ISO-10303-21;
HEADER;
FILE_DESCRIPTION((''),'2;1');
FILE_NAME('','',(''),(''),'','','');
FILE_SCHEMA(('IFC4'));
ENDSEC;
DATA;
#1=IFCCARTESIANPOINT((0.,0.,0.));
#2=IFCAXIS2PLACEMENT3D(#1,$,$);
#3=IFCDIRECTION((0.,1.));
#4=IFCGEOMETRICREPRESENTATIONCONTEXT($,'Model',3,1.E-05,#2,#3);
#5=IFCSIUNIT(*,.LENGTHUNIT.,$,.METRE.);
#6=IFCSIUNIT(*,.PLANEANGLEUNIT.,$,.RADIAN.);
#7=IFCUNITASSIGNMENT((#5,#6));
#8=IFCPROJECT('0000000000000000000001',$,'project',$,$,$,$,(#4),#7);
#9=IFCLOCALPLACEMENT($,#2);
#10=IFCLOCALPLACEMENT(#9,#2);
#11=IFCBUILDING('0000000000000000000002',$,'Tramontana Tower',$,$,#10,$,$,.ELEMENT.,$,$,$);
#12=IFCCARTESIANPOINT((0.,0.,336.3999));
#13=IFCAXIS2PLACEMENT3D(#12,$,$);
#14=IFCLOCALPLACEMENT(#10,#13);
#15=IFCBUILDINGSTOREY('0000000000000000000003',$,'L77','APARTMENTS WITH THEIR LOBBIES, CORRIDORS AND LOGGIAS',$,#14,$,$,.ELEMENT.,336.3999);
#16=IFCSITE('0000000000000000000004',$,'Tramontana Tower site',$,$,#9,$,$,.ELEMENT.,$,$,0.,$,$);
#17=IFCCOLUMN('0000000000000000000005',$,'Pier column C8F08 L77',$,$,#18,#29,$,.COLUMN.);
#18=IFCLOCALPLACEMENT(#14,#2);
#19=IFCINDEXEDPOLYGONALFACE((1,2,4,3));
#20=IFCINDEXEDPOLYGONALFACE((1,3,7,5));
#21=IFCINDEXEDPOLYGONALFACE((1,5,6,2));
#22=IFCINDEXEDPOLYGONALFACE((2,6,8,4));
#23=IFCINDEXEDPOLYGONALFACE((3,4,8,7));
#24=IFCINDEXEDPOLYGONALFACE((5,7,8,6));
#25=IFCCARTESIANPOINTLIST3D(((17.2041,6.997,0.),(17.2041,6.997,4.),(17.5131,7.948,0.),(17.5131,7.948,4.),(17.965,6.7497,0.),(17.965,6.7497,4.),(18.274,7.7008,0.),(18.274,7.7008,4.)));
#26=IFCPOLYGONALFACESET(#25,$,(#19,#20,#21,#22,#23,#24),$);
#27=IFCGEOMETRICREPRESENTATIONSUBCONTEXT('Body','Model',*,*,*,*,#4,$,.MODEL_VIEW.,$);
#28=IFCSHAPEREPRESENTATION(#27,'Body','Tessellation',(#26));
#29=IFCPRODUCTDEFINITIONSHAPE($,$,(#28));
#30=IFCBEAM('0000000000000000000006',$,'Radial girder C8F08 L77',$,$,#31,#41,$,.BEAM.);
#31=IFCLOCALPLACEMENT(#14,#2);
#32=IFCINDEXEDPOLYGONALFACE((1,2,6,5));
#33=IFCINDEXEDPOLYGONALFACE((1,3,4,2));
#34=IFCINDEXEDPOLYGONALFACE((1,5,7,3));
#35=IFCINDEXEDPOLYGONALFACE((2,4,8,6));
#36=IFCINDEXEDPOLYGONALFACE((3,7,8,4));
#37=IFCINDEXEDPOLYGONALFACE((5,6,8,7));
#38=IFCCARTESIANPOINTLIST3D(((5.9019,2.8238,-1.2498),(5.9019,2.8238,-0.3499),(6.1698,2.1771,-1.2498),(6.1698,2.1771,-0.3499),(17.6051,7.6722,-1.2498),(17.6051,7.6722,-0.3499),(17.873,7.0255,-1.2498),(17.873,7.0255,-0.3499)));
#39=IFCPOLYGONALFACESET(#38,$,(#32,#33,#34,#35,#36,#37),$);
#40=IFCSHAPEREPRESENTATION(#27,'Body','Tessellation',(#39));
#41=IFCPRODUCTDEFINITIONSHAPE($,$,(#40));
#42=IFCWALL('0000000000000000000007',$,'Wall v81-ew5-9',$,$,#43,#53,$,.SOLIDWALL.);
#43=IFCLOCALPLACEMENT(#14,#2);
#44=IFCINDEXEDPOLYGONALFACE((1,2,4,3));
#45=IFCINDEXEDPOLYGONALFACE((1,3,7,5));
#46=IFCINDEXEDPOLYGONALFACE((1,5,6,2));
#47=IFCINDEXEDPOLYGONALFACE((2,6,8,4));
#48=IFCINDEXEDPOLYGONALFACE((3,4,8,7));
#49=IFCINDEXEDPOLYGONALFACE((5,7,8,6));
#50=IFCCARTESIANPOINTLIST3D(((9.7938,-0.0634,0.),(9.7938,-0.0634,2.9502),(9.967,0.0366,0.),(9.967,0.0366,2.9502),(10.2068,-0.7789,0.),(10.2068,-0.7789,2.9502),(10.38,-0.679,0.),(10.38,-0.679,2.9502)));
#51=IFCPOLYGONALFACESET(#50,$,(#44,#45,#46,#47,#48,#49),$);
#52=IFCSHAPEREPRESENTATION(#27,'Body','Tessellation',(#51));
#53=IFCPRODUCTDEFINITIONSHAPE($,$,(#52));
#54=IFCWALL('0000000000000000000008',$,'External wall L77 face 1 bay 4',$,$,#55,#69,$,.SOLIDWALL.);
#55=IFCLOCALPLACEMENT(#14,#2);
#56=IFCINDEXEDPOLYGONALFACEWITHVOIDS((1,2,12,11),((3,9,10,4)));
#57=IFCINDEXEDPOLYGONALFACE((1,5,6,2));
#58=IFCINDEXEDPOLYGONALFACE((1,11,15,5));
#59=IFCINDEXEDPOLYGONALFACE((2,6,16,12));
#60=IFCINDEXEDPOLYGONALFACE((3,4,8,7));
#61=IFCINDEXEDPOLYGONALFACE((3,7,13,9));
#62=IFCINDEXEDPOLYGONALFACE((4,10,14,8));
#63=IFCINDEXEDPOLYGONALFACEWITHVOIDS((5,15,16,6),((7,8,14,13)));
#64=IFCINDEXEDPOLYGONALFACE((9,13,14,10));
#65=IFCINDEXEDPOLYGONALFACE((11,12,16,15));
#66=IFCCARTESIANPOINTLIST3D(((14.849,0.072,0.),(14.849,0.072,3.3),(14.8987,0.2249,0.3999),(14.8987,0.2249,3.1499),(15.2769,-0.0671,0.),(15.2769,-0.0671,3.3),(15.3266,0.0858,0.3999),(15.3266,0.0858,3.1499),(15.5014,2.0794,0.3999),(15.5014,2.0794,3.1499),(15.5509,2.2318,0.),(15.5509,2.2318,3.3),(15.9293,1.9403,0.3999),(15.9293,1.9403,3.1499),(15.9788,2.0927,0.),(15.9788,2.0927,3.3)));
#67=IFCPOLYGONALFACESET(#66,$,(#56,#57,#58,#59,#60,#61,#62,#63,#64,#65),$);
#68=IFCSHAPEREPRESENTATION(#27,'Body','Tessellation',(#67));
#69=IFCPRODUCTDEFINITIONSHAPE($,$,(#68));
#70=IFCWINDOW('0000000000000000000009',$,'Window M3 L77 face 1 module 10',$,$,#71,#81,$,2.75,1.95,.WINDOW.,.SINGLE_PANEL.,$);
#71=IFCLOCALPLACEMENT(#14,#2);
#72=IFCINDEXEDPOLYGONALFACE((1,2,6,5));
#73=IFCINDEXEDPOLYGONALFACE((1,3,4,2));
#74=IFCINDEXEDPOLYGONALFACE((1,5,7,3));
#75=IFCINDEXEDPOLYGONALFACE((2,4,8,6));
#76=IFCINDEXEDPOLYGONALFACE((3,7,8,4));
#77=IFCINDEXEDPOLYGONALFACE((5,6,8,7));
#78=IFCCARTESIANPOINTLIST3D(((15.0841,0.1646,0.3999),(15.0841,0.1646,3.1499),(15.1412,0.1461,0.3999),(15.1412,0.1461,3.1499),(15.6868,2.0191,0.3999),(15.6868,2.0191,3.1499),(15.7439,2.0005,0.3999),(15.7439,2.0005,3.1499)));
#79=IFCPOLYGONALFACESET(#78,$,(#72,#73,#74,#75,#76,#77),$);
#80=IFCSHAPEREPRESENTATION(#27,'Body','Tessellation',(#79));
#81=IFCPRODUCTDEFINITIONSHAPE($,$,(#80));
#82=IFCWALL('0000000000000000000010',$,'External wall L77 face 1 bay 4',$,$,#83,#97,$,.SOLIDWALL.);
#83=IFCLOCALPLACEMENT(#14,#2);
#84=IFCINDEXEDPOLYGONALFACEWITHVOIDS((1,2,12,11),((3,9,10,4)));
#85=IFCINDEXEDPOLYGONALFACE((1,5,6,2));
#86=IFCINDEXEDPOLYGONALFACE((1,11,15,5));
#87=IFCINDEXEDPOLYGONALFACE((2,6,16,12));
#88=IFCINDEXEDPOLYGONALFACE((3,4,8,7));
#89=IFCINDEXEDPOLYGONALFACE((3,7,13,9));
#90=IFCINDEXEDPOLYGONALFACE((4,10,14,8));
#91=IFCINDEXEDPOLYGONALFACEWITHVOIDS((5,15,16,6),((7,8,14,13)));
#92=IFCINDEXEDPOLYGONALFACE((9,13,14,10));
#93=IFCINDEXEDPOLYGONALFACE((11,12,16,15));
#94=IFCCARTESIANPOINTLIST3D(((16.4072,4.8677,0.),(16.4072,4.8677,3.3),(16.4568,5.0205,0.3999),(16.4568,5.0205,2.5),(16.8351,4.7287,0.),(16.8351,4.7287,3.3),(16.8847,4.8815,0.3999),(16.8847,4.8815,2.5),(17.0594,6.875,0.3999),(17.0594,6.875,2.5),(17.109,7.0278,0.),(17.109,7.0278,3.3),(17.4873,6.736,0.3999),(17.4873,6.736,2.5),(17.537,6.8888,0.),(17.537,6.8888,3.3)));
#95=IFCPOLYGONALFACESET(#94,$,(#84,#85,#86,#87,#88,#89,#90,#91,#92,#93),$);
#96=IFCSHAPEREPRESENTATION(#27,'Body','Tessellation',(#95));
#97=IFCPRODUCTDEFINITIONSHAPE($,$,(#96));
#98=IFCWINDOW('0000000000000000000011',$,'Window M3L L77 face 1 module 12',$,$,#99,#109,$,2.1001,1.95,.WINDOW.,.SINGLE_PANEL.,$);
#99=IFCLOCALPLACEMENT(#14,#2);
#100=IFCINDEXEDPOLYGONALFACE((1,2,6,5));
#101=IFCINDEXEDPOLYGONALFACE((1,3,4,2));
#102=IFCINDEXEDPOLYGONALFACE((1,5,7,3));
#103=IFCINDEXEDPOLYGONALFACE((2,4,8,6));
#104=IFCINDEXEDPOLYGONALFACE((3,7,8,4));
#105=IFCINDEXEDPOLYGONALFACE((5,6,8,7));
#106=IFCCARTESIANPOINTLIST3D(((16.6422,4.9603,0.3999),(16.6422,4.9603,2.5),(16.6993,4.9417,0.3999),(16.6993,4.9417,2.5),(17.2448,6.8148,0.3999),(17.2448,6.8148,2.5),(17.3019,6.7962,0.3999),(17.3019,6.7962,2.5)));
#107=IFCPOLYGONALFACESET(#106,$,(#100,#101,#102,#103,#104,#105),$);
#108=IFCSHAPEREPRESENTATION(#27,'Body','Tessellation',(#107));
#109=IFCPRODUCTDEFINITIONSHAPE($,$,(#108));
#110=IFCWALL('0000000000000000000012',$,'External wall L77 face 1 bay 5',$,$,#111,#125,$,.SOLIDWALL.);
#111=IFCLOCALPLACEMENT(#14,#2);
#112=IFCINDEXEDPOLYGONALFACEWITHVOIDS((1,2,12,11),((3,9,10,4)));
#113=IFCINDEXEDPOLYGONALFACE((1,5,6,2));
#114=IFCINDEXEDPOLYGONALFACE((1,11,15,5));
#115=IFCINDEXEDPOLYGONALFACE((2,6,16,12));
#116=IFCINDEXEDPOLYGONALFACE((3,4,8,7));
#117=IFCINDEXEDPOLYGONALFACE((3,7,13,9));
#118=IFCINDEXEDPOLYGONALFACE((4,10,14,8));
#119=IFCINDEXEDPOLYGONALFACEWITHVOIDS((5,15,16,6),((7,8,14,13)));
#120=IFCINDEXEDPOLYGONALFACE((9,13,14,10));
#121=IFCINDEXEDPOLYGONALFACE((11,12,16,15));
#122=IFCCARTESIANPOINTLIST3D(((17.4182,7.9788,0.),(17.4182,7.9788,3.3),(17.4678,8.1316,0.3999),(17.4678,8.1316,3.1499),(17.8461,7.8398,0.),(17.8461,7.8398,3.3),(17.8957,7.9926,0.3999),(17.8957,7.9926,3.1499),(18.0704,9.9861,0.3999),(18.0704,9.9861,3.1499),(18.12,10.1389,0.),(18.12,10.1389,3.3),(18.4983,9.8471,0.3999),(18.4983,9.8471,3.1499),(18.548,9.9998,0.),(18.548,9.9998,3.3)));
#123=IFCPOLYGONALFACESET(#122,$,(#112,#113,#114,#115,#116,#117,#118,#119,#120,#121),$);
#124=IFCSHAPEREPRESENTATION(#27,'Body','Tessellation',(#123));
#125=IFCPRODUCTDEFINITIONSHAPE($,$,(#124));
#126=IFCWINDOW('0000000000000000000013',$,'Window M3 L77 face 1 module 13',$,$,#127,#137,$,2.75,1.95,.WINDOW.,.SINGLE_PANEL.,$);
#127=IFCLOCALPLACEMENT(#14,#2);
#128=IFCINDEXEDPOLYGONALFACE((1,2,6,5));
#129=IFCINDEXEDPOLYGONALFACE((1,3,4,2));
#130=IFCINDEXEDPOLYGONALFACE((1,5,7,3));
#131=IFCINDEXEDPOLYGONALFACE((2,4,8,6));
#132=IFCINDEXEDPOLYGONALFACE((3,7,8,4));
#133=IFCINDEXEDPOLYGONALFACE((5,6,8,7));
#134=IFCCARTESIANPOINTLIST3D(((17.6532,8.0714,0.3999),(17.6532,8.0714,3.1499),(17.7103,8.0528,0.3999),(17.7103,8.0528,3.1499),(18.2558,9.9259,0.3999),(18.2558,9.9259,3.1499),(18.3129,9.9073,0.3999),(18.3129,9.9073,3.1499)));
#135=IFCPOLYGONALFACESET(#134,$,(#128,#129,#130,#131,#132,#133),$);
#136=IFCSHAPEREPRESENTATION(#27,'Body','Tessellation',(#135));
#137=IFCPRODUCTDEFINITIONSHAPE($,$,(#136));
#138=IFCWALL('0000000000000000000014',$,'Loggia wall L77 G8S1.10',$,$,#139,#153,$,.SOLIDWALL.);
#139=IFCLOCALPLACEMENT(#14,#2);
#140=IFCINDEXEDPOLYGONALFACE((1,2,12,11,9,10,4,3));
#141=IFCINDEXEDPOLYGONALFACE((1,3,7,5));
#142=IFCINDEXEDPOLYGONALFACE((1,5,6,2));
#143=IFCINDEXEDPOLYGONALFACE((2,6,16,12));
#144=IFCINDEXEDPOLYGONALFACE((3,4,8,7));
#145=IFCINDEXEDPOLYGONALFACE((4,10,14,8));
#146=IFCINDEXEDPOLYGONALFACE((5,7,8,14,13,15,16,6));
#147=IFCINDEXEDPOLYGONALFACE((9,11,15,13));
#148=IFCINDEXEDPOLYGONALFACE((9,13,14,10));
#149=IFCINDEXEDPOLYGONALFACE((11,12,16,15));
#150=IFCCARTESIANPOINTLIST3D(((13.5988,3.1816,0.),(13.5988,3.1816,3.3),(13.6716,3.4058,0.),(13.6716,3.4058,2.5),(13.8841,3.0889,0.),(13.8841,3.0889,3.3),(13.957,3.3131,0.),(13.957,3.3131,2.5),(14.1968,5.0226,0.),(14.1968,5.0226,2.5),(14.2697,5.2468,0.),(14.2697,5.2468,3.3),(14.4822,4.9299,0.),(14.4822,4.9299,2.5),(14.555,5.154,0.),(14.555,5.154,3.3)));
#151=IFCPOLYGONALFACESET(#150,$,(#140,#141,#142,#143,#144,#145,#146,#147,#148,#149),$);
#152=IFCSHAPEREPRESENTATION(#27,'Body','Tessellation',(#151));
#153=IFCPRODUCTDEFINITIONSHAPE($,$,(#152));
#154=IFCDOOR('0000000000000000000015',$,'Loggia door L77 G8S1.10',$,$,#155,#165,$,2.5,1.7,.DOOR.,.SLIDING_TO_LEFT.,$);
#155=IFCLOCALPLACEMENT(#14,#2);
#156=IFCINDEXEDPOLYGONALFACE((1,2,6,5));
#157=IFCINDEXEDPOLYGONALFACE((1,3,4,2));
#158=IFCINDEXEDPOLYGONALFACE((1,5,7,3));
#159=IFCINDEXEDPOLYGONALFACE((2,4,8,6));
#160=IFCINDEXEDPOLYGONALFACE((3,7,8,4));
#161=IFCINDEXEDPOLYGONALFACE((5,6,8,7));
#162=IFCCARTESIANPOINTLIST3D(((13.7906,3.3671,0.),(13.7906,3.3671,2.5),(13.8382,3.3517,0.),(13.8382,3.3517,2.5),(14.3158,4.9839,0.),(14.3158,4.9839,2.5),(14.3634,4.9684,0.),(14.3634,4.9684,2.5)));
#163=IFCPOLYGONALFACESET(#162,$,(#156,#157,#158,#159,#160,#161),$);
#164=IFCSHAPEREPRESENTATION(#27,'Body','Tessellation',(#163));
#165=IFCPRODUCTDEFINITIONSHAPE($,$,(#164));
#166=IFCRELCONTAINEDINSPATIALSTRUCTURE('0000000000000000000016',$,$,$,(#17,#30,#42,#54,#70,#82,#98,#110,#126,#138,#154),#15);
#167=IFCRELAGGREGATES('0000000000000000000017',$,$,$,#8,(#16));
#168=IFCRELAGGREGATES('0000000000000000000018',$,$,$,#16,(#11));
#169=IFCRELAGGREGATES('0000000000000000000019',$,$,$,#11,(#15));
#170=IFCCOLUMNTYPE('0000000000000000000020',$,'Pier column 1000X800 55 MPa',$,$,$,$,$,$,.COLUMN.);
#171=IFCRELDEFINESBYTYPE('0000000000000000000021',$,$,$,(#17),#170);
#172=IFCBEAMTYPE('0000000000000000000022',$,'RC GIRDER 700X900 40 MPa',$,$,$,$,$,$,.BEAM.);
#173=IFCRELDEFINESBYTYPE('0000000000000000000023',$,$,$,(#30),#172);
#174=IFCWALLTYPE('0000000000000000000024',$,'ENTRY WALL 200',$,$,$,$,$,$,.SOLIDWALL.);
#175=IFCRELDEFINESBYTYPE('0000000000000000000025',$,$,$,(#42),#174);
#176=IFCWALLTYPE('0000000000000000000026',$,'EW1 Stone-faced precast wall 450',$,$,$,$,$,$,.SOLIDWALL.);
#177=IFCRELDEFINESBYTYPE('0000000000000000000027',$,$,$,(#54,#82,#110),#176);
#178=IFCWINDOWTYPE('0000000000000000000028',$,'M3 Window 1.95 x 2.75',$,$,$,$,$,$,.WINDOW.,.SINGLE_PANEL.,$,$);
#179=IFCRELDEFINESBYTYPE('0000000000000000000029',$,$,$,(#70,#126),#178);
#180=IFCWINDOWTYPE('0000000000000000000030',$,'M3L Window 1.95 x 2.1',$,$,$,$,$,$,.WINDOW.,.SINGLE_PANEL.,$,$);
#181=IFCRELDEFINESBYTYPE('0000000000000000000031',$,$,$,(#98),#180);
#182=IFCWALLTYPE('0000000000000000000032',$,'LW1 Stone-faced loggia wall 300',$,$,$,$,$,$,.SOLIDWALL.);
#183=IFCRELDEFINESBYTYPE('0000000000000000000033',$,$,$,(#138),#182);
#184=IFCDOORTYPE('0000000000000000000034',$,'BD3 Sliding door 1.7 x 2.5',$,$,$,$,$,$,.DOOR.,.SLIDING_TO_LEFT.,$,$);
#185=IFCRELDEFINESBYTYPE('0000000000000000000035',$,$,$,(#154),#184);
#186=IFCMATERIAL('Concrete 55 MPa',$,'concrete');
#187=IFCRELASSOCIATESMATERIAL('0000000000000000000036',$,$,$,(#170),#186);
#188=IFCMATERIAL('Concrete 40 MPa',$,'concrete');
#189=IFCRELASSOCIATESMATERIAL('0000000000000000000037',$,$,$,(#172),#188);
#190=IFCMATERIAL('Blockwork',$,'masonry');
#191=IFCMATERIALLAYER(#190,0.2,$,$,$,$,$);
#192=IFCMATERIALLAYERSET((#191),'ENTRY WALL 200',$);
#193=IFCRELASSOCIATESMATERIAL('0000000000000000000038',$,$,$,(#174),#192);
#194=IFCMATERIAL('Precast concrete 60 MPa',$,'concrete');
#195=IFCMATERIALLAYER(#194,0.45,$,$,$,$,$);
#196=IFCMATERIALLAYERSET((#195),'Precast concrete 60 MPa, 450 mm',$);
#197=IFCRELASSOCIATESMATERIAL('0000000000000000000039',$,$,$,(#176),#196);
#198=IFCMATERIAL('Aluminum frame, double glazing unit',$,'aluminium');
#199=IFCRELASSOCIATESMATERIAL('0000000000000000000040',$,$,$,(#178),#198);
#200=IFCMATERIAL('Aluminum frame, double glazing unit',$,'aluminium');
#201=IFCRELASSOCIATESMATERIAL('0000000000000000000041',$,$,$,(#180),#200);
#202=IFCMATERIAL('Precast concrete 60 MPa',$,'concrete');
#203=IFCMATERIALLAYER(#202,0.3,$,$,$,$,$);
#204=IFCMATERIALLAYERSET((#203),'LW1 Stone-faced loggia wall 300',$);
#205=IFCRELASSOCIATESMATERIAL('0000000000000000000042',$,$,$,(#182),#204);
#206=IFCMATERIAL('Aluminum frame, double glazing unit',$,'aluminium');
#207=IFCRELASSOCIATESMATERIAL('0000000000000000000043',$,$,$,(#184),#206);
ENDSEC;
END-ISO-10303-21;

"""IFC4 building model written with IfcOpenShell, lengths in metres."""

from ifc_helpers import new_model, si_unit, direction, frame, frame_2d, origin, origin_2d, place, context, subcontext, project, spatial, rectangle, extrude, material, layer, layer_set, material_profile, profile_set, type_object, element, fill, save


model = new_model("IFC4")

# Units and contexts
model_context = context("Model", 3, precision=1e-05, world=origin(), true_north=direction((0.0, 1.0)))
body_context = subcontext(model_context, "Body", "Model", "MODEL_VIEW")
ifc_project = project(units=[si_unit("LENGTHUNIT", "METRE"), si_unit("PLANEANGLEUNIT", "RADIAN")], contexts=[model_context])

# Site, building, storey
site_placement = place(None, origin())
site = spatial("IfcSite", under=ifc_project, at=site_placement, Name="Tramontana Tower site", CompositionType="ELEMENT", RefElevation=0.0)
building_placement = place(site_placement, origin())
building = spatial("IfcBuilding", under=site, at=building_placement, Name="Tramontana Tower", CompositionType="ELEMENT")
storey_placement = place(building_placement, frame((0.0, 0.0, 336.3999)))
storey = spatial("IfcBuildingStorey", under=building, at=storey_placement, Name="L77", Description="APARTMENTS WITH THEIR LOBBIES, CORRIDORS AND LOGGIAS", CompositionType="ELEMENT", Elevation=336.3999)

# Column
ifc_material_1 = material(Name="Concrete 55 MPa", Category="concrete")
ifc_material_profile_1 = material_profile(ifc_material_1, rectangle(XDim=1.0, YDim=0.8, at=origin_2d()), Name="Pier column 1000X800 55 MPa")
ifc_profile_set_1 = profile_set([ifc_material_profile_1], Name="Concrete 55 MPa")
column_type = type_object("IfcColumnType", Name="Pier column 1000X800 55 MPa", PredefinedType="COLUMN", material=ifc_profile_set_1)
column_placement = place(storey_placement, frame((17.739, 7.3489, 0.0), z_axis=(0.0, 0.0, 1.0), x_axis=(0.309017, 0.951057, 0.0)))
element("IfcColumn", 1, at=column_placement, inside=storey, type_object=column_type, Name="Pier column C8F08 L77", PredefinedType="COLUMN", context=body_context, shape_type="SweptSolid", body=[
    extrude(rectangle(XDim=1.0, YDim=0.8, at=origin_2d()), origin(), (0.0, 0.0, 1.0), 4.0),
])

# Beam
ifc_material_2 = material(Name="Concrete 40 MPa", Category="concrete")
ifc_material_profile_2 = material_profile(ifc_material_2, rectangle(XDim=0.7, YDim=0.8999, at=origin_2d()), Name="RC GIRDER 700X900 40 MPa")
ifc_profile_set_2 = profile_set([ifc_material_profile_2], Name="Concrete 40 MPa")
beam_type = type_object("IfcBeamType", Name="RC GIRDER 700X900 40 MPa", PredefinedType="BEAM", material=ifc_profile_set_2)
beam_placement = place(storey_placement, frame((17.739, 7.3489, -0.7998), z_axis=(-0.923857, -0.382737, 0.0), x_axis=(0.382737, -0.923857, 0.0)))
element("IfcBeam", 2, at=beam_placement, inside=storey, type_object=beam_type, Name="Radial girder C8F08 L77", PredefinedType="BEAM", context=body_context, shape_type="SweptSolid", body=[
    extrude(rectangle(XDim=0.7, YDim=0.8999, at=origin_2d()), origin(), (0.0, 0.0, 1.0), 12.6677),
])

# Wall
ifc_material_3 = material(Name="Blockwork", Category="masonry")
ifc_layer_1 = layer(ifc_material_3, 0.2)
ifc_layer_set_1 = layer_set([ifc_layer_1], Name="ENTRY WALL 200")
wall_type_1 = type_object("IfcWallType", Name="ENTRY WALL 200", PredefinedType="SOLIDWALL", material=ifc_layer_set_1)
wall_1_placement = place(storey_placement, frame((9.8804, -0.0134, 0.0), z_axis=(0.0, 0.0, 1.0), x_axis=(0.499953, -0.866053, 0.0)))
element("IfcWall", 3, at=wall_1_placement, inside=storey, type_object=wall_type_1, Name="Wall v81-ew5-9", PredefinedType="SOLIDWALL", context=body_context, shape_type="SweptSolid", body=[
    extrude(rectangle(XDim=0.8262, YDim=0.2, at=frame_2d((0.4131, 0.0))), origin(), (0.0, 0.0, 1.0), 2.9502),
])

# Walls, openings, windows
ifc_material_4 = material(Name="Precast concrete 60 MPa", Category="concrete")
ifc_layer_2 = layer(ifc_material_4, 0.45)
ifc_layer_set_2 = layer_set([ifc_layer_2], Name="Precast concrete 60 MPa, 450 mm")
wall_type_2 = type_object("IfcWallType", Name="EW1 Stone-faced precast wall 450", PredefinedType="SOLIDWALL", material=ifc_layer_set_2)
wall_2_placement = place(storey_placement, frame((15.063, 0.0024, 0.0), z_axis=(0.0, 0.0, 1.0), x_axis=(0.309059, 0.951043, 0.0)))
wall_2 = element("IfcWall", 4, at=wall_2_placement, inside=storey, type_object=wall_type_2, Name="External wall L77 face 1 bay 4", PredefinedType="SOLIDWALL", context=body_context, shape_type="SweptSolid", body=[
    extrude(rectangle(XDim=2.271, YDim=0.45, at=frame_2d((1.1355, 0.0))), origin(), (0.0, 0.0, 1.0), 3.3),
])
opening_1_placement = place(wall_2_placement, frame((0.1606, 0.0, 0.3999)))
opening_1 = element("IfcOpeningElement", 5, at=opening_1_placement, cuts=wall_2, PredefinedType="OPENING", context=body_context, shape_type="SweptSolid", body=[
    extrude(rectangle(XDim=1.95, YDim=2.75, at=frame_2d((0.9751, 1.375))), frame((0.0, 0.2349, 0.0), z_axis=(0.0, -1.0, 0.0), x_axis=(1.0, 0.0, 0.0)), (0.0, 0.0, 1.0), 0.47),
])
ifc_material_5 = material(Name="Aluminum frame, double glazing unit", Category="aluminium")
window_type_1 = type_object("IfcWindowType", Name="M3 Window 1.95 x 2.75", PartitioningType="SINGLE_PANEL", PredefinedType="WINDOW", material=ifc_material_5)
window_1_placement = place(opening_1_placement, origin())
window_1 = element("IfcWindow", 6, at=window_1_placement, inside=storey, type_object=window_type_1, Name="Window M3 L77 face 1 module 10", OverallHeight=2.75, OverallWidth=1.95, PartitioningType="SINGLE_PANEL", PredefinedType="WINDOW", context=body_context, shape_type="SweptSolid", body=[
    extrude(rectangle(XDim=1.95, YDim=2.75, at=frame_2d((0.9751, 1.375))), frame((0.0, 0.03, 0.0), z_axis=(0.0, -1.0, 0.0), x_axis=(1.0, 0.0, 0.0)), (0.0, 0.0, 1.0), 0.0601),
])
fill(opening_1, window_1)
wall_3_placement = place(storey_placement, frame((16.6211, 4.7981, 0.0), z_axis=(0.0, 0.0, 1.0), x_axis=(0.309028, 0.951053, 0.0)))
wall_3 = element("IfcWall", 7, at=wall_3_placement, inside=storey, type_object=wall_type_2, Name="External wall L77 face 1 bay 4", PredefinedType="SOLIDWALL", context=body_context, shape_type="SweptSolid", body=[
    extrude(rectangle(XDim=2.2712, YDim=0.45, at=frame_2d((1.1357, 0.0))), origin(), (0.0, 0.0, 1.0), 3.3),
])
opening_2_placement = place(wall_3_placement, frame((0.1606, 0.0, 0.3999)))
opening_2 = element("IfcOpeningElement", 8, at=opening_2_placement, cuts=wall_3, PredefinedType="OPENING", context=body_context, shape_type="SweptSolid", body=[
    extrude(rectangle(XDim=1.95, YDim=2.1001, at=frame_2d((0.9751, 1.05))), frame((0.0, 0.2349, 0.0), z_axis=(0.0, -1.0, 0.0), x_axis=(1.0, 0.0, 0.0)), (0.0, 0.0, 1.0), 0.47),
])
ifc_material_6 = material(Name="Aluminum frame, double glazing unit", Category="aluminium")
window_type_2 = type_object("IfcWindowType", Name="M3L Window 1.95 x 2.1", PartitioningType="SINGLE_PANEL", PredefinedType="WINDOW", material=ifc_material_6)
window_2_placement = place(opening_2_placement, origin())
window_2 = element("IfcWindow", 9, at=window_2_placement, inside=storey, type_object=window_type_2, Name="Window M3L L77 face 1 module 12", OverallHeight=2.1001, OverallWidth=1.95, PartitioningType="SINGLE_PANEL", PredefinedType="WINDOW", context=body_context, shape_type="SweptSolid", body=[
    extrude(rectangle(XDim=1.95, YDim=2.1001, at=frame_2d((0.9751, 1.05))), frame((0.0, 0.03, 0.0), z_axis=(0.0, -1.0, 0.0), x_axis=(1.0, 0.0, 0.0)), (0.0, 0.0, 1.0), 0.0601),
])
fill(opening_2, window_2)
wall_4_placement = place(storey_placement, frame((17.6321, 7.9092, 0.0), z_axis=(0.0, 0.0, 1.0), x_axis=(0.309028, 0.951053, 0.0)))
wall_4 = element("IfcWall", 10, at=wall_4_placement, inside=storey, type_object=wall_type_2, Name="External wall L77 face 1 bay 5", PredefinedType="SOLIDWALL", context=body_context, shape_type="SweptSolid", body=[
    extrude(rectangle(XDim=2.2712, YDim=0.45, at=frame_2d((1.1357, 0.0))), origin(), (0.0, 0.0, 1.0), 3.3),
])
opening_3_placement = place(wall_4_placement, frame((0.1606, 0.0, 0.3999)))
opening_3 = element("IfcOpeningElement", 11, at=opening_3_placement, cuts=wall_4, PredefinedType="OPENING", context=body_context, shape_type="SweptSolid", body=[
    extrude(rectangle(XDim=1.95, YDim=2.75, at=frame_2d((0.9751, 1.375))), frame((0.0, 0.2349, 0.0), z_axis=(0.0, -1.0, 0.0), x_axis=(1.0, 0.0, 0.0)), (0.0, 0.0, 1.0), 0.47),
])
window_3_placement = place(opening_3_placement, origin())
window_3 = element("IfcWindow", 12, at=window_3_placement, inside=storey, type_object=window_type_1, Name="Window M3 L77 face 1 module 13", OverallHeight=2.75, OverallWidth=1.95, PartitioningType="SINGLE_PANEL", PredefinedType="WINDOW", context=body_context, shape_type="SweptSolid", body=[
    extrude(rectangle(XDim=1.95, YDim=2.75, at=frame_2d((0.9751, 1.375))), frame((0.0, 0.03, 0.0), z_axis=(0.0, -1.0, 0.0), x_axis=(1.0, 0.0, 0.0)), (0.0, 0.0, 1.0), 0.0601),
])
fill(opening_3, window_3)

# Wall, opening, door
ifc_material_7 = material(Name="Precast concrete 60 MPa", Category="concrete")
ifc_layer_3 = layer(ifc_material_7, 0.3)
ifc_layer_set_3 = layer_set([ifc_layer_3], Name="LW1 Stone-faced loggia wall 300")
wall_type_3 = type_object("IfcWallType", Name="LW1 Stone-faced loggia wall 300", PredefinedType="SOLIDWALL", material=ifc_layer_set_3)
wall_5_placement = place(storey_placement, frame((13.7415, 3.1353, 0.0), z_axis=(0.0, 0.0, 1.0), x_axis=(0.308967, 0.951073, 0.0)))
wall_5 = element("IfcWall", 13, at=wall_5_placement, inside=storey, type_object=wall_type_3, Name="Loggia wall L77 G8S1.10", PredefinedType="SOLIDWALL", context=body_context, shape_type="SweptSolid", body=[
    extrude(rectangle(XDim=2.1714, YDim=0.3, at=frame_2d((1.0857, 0.0))), origin(), (0.0, 0.0, 1.0), 3.3),
])
opening_4_placement = place(wall_5_placement, frame((0.2356, 0.0, 0.0)))
opening_4 = element("IfcOpeningElement", 14, at=opening_4_placement, cuts=wall_5, PredefinedType="OPENING", context=body_context, shape_type="SweptSolid", body=[
    extrude(rectangle(XDim=1.7, YDim=2.5, at=frame_2d((0.8501, 1.25))), frame((0.0, 0.1599, 0.0), z_axis=(0.0, -1.0, 0.0), x_axis=(1.0, 0.0, 0.0)), (0.0, 0.0, 1.0), 0.3201),
])
ifc_material_8 = material(Name="Aluminum frame, double glazing unit", Category="aluminium")
door_type_1 = type_object("IfcDoorType", Name="BD3 Sliding door 1.7 x 2.5", OperationType="SLIDING_TO_LEFT", PredefinedType="DOOR", material=ifc_material_8)
door_1_placement = place(opening_4_placement, origin())
door_1 = element("IfcDoor", 15, at=door_1_placement, inside=storey, type_object=door_type_1, Name="Loggia door L77 G8S1.10", OperationType="SLIDING_TO_LEFT", OverallHeight=2.5, OverallWidth=1.7, PredefinedType="DOOR", context=body_context, shape_type="SweptSolid", body=[
    extrude(rectangle(XDim=1.7, YDim=2.5, at=frame_2d((0.8501, 1.25))), frame((0.0, 0.0249, 0.0), z_axis=(0.0, -1.0, 0.0), x_axis=(1.0, 0.0, 0.0)), (0.0, 0.0, 1.0), 0.05),
])
fill(opening_4, door_1)

save(model, "model.ifc")
